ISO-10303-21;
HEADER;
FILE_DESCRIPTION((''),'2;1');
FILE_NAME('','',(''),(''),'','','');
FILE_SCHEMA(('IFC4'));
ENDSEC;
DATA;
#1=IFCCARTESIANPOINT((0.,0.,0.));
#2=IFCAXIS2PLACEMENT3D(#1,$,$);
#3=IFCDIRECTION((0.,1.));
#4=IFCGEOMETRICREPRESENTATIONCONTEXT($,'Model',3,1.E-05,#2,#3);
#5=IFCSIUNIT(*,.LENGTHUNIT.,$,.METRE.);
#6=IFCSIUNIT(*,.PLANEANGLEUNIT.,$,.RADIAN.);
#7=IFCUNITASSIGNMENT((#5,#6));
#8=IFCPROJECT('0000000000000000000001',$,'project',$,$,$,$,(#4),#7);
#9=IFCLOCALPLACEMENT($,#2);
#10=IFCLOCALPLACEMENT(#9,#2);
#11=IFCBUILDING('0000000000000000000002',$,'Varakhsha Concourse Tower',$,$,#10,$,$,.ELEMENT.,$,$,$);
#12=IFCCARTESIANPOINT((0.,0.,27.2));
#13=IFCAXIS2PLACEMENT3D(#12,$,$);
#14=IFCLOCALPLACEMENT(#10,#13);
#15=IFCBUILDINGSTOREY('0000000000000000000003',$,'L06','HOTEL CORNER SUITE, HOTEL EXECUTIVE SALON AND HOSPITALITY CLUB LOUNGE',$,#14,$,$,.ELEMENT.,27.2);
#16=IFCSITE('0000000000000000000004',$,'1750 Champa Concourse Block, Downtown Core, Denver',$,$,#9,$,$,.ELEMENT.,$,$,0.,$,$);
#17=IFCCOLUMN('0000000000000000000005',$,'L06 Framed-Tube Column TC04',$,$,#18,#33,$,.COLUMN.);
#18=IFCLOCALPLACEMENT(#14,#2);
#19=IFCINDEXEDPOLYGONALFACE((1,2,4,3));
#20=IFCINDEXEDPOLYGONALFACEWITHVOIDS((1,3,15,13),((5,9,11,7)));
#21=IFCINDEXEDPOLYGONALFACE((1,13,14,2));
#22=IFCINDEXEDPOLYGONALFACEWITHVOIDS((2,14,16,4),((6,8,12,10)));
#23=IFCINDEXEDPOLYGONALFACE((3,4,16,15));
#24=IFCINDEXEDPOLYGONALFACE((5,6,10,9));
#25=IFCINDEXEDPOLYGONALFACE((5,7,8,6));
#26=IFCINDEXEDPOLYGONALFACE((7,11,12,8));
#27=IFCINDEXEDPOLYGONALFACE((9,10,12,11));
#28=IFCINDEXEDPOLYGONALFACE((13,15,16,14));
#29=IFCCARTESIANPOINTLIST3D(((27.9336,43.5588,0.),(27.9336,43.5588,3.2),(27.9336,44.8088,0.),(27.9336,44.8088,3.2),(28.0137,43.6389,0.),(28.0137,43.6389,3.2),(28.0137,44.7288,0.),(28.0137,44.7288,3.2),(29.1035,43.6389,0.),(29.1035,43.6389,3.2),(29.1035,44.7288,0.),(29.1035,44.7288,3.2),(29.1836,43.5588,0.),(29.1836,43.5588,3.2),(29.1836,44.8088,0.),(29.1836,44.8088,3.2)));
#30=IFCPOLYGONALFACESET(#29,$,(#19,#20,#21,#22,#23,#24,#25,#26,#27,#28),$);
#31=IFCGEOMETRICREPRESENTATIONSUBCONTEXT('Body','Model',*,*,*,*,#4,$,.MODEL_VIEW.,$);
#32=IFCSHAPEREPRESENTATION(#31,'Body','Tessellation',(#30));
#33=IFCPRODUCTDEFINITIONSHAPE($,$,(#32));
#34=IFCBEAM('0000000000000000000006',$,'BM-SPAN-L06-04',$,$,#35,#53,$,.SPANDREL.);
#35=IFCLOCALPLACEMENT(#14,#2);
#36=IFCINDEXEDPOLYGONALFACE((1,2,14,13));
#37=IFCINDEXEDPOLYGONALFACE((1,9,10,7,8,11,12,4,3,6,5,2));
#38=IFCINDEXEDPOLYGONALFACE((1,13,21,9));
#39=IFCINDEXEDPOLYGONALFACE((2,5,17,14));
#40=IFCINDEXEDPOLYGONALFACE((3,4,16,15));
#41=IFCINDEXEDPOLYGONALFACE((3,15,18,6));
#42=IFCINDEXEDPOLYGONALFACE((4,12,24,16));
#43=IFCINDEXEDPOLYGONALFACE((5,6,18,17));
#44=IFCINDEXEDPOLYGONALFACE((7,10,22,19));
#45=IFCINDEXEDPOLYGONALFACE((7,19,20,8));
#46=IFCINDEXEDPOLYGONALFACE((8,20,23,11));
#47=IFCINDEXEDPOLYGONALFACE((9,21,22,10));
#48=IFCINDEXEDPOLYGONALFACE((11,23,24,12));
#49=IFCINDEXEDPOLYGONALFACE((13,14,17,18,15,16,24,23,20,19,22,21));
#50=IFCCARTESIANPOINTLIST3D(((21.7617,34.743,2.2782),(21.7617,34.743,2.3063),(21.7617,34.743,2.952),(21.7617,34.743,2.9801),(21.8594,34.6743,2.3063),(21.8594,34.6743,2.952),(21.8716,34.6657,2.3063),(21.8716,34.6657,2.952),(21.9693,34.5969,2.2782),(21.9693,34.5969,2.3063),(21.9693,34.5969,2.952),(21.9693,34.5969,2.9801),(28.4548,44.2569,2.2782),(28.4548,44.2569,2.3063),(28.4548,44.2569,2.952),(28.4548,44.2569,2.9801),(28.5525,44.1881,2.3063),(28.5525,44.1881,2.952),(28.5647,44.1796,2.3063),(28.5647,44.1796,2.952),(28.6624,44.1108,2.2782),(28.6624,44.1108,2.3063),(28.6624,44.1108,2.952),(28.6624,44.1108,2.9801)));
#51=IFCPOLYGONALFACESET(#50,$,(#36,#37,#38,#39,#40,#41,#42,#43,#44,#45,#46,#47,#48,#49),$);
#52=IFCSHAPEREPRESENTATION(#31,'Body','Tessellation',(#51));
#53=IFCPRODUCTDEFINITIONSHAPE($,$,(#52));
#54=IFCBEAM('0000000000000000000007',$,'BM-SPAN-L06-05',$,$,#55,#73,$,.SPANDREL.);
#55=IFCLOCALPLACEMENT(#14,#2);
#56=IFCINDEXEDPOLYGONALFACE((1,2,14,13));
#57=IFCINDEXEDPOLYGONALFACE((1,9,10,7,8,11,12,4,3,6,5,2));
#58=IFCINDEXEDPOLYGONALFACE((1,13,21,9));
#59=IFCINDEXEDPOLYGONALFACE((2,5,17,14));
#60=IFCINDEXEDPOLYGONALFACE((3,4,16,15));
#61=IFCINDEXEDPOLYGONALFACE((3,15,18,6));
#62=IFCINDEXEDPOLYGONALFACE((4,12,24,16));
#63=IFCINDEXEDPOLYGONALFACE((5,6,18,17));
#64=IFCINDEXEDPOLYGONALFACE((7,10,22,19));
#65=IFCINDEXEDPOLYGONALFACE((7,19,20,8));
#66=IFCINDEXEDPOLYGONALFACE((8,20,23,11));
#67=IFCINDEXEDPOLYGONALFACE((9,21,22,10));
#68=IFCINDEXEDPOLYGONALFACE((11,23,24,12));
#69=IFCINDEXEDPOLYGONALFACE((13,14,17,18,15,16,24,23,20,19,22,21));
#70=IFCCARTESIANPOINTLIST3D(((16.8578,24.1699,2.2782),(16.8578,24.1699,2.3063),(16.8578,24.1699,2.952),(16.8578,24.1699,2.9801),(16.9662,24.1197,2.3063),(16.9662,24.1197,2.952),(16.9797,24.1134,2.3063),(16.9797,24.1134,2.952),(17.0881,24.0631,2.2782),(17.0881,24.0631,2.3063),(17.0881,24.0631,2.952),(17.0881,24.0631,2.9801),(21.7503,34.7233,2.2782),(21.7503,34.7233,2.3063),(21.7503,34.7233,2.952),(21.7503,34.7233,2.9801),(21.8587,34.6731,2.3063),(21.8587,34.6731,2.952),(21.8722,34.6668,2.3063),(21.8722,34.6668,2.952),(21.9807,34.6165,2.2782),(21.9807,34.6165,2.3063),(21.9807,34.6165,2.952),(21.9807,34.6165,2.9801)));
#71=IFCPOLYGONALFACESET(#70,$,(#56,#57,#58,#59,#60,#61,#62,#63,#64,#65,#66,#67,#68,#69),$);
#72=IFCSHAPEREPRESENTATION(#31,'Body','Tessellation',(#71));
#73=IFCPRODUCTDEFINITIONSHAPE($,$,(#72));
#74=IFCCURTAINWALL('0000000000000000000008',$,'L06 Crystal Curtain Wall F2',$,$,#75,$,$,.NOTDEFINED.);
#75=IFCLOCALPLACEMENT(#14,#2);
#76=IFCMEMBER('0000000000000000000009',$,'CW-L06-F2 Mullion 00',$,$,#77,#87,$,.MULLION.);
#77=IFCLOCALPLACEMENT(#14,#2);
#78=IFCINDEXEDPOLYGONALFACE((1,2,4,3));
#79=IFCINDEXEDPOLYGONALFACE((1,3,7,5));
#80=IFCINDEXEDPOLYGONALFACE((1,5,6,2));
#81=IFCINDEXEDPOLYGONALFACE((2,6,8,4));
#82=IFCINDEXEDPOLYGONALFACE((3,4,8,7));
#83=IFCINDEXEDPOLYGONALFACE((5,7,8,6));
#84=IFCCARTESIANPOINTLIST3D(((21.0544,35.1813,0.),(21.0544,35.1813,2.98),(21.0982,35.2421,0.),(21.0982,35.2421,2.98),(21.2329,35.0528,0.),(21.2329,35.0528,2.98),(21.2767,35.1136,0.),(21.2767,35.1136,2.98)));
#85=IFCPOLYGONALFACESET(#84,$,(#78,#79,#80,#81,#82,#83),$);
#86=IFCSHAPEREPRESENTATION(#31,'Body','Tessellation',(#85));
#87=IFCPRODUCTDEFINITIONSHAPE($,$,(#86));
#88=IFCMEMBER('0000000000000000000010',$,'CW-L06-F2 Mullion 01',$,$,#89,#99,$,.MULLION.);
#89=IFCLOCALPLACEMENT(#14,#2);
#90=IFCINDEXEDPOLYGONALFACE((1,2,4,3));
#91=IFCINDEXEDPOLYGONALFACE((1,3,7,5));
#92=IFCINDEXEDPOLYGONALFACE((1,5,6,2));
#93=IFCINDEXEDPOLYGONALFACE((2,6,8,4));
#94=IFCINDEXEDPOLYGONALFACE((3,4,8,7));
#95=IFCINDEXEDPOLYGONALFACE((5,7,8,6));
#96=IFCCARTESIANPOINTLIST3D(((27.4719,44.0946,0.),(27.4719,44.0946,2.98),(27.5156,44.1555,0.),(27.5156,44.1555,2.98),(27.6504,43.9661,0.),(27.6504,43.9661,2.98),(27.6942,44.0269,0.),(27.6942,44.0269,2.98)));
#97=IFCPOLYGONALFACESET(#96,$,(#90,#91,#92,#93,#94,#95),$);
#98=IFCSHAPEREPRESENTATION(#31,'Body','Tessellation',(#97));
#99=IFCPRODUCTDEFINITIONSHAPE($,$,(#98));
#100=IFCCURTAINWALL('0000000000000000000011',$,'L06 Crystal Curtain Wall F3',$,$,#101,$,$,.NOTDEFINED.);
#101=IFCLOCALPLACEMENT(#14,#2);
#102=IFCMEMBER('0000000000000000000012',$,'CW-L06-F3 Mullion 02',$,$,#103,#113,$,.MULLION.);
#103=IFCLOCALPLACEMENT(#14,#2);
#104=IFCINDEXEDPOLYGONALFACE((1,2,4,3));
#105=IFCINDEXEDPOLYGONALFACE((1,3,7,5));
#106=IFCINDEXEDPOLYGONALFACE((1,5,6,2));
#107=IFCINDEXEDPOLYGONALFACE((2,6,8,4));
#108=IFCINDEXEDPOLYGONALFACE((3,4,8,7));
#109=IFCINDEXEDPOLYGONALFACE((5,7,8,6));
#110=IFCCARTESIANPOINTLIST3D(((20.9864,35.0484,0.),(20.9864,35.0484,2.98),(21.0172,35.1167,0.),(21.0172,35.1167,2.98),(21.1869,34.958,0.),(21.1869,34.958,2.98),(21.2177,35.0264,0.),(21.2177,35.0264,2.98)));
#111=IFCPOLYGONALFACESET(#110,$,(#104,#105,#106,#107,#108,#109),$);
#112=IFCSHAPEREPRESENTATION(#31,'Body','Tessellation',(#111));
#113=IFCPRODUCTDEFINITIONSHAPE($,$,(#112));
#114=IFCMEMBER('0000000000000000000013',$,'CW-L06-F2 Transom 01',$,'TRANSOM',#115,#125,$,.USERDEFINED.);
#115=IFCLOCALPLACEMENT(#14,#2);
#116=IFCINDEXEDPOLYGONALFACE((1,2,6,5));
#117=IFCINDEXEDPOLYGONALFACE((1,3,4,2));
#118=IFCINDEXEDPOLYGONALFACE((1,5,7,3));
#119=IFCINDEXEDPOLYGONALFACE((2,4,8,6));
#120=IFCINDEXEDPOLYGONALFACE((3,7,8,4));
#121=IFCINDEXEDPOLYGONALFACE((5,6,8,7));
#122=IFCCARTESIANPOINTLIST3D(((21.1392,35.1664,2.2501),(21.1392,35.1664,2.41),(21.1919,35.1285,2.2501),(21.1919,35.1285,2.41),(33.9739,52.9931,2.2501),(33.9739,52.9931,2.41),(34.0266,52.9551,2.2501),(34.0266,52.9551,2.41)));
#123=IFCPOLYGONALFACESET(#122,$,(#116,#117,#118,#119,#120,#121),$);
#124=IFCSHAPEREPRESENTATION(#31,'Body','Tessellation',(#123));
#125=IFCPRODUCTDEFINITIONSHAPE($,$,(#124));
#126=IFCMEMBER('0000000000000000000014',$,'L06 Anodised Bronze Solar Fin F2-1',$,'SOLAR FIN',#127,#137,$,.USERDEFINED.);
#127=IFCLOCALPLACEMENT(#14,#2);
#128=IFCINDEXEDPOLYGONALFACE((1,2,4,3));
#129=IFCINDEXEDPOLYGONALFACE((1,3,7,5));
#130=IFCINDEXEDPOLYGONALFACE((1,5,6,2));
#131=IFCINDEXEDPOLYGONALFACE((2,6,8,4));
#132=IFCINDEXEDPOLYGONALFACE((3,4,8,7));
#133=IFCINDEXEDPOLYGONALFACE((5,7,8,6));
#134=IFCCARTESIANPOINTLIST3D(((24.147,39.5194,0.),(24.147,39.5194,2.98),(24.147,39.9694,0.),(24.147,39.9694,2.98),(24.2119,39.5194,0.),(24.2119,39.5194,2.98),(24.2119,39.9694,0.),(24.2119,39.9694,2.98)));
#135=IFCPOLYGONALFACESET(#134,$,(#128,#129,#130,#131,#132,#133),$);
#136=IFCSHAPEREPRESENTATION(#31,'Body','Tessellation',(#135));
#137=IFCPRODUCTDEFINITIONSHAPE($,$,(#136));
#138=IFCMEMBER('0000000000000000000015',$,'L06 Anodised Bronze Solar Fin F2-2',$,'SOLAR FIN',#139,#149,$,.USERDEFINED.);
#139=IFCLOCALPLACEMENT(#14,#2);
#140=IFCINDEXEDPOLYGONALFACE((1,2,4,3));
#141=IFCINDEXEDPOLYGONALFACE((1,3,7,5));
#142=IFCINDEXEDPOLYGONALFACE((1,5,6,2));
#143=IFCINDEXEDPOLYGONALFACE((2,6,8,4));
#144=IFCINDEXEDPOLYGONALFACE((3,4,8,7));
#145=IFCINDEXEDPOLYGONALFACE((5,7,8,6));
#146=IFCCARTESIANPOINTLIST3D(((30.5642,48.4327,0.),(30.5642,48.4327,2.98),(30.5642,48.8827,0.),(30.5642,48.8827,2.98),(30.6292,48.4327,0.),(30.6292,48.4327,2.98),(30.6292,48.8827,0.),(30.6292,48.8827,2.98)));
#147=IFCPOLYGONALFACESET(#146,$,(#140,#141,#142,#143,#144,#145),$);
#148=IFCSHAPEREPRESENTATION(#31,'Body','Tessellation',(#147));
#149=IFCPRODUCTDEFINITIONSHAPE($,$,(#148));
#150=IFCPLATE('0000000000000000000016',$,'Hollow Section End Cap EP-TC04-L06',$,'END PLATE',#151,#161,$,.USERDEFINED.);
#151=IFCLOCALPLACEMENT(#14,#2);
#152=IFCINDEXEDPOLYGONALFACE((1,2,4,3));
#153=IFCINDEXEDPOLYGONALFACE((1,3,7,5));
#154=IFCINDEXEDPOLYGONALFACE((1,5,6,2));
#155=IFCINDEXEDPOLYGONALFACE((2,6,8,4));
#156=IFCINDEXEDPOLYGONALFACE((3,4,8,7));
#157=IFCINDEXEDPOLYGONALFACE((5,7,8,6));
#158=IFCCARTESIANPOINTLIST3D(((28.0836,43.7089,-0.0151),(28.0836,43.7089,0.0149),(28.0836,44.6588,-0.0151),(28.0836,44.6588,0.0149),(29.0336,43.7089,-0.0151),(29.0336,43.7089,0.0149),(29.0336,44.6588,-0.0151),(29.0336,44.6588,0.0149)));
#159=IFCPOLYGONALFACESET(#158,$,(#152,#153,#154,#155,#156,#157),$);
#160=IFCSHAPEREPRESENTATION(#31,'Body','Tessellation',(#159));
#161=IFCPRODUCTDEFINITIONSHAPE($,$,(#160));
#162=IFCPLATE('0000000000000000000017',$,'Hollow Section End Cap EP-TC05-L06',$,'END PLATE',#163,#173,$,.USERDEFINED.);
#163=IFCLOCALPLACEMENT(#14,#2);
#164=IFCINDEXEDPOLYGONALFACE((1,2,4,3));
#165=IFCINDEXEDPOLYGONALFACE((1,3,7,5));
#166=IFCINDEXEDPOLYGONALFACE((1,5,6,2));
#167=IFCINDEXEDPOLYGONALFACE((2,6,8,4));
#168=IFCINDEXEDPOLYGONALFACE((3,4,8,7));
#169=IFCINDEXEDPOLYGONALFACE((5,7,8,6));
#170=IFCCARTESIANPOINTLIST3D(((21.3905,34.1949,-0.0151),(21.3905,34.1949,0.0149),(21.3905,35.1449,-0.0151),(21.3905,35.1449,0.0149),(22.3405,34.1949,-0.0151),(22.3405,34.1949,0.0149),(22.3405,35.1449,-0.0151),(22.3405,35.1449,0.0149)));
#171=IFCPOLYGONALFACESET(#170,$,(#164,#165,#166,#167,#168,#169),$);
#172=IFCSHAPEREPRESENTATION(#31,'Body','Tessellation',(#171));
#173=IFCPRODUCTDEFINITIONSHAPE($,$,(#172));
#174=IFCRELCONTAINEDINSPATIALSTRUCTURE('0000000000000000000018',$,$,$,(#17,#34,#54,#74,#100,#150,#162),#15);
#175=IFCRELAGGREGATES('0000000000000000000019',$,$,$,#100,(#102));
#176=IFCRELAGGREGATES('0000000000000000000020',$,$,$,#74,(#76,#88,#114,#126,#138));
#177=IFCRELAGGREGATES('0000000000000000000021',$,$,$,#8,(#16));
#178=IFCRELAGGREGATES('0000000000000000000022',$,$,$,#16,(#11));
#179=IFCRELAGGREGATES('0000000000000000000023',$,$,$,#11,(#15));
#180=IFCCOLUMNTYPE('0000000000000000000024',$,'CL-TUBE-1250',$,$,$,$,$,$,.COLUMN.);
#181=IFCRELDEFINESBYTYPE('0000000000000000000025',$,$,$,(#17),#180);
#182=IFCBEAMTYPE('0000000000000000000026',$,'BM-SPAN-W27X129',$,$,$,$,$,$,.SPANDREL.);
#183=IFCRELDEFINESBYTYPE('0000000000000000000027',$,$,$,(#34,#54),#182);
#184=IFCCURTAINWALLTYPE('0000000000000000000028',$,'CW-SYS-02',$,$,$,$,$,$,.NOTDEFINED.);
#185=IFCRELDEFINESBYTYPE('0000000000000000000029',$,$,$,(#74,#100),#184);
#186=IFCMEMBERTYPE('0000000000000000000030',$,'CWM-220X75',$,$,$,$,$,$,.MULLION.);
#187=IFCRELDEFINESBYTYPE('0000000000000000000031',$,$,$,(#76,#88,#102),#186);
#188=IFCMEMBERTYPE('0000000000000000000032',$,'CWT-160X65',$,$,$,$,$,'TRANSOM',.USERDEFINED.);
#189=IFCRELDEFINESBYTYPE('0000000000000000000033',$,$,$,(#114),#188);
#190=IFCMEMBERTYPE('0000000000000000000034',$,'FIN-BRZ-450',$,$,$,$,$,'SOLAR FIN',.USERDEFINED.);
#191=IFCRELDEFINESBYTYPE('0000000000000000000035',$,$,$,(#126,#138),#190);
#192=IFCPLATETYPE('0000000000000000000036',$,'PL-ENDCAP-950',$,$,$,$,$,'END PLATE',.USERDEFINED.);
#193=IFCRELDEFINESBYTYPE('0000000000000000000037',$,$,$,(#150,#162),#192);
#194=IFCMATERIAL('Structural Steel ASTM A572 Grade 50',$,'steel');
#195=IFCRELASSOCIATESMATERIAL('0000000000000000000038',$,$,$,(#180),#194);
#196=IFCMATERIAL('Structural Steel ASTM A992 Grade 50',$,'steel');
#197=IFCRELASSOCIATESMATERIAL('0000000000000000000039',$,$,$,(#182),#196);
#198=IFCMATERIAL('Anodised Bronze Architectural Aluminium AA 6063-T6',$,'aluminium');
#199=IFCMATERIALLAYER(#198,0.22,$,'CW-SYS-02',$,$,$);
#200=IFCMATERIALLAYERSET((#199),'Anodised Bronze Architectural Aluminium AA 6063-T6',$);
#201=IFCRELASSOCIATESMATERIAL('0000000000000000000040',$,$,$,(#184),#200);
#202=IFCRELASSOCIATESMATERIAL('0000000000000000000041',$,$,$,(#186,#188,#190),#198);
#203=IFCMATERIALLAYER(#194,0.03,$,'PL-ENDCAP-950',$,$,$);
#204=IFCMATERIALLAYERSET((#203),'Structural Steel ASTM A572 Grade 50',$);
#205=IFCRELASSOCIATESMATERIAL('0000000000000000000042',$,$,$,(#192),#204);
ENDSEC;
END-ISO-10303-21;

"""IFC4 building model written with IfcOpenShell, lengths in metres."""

from ifc_helpers import new_model, si_unit, direction, frame, origin, origin_2d, place, context, subcontext, project, spatial, rectangle, hollow_rectangle, i_section, extrude, source, transform, mapped, material, layer, layer_set, material_profile, profile_set, type_object, type_shapes, element, aggregate, save


model = new_model("IFC4")

# Units and contexts
model_context = context("Model", 3, precision=1e-05, world=origin(), true_north=direction((0.0, 1.0)))
body_context = subcontext(model_context, "Body", "Model", "MODEL_VIEW")
ifc_project = project(units=[si_unit("LENGTHUNIT", "METRE"), si_unit("PLANEANGLEUNIT", "RADIAN")], contexts=[model_context])

# Site, building, storey
site_placement = place(None, origin())
site = spatial("IfcSite", under=ifc_project, at=site_placement, Name="1750 Champa Concourse Block, Downtown Core, Denver", CompositionType="ELEMENT", RefElevation=0.0)
building_placement = place(site_placement, origin())
building = spatial("IfcBuilding", under=site, at=building_placement, Name="Varakhsha Concourse Tower", CompositionType="ELEMENT")
storey_placement = place(building_placement, frame((0.0, 0.0, 27.2)))
storey = spatial("IfcBuildingStorey", under=building, at=storey_placement, Name="L06", Description="HOTEL CORNER SUITE, HOTEL EXECUTIVE SALON AND HOSPITALITY CLUB LOUNGE", CompositionType="ELEMENT", Elevation=27.2)

# Column
ifc_material_1 = material(Name="Structural Steel ASTM A572 Grade 50", Category="steel")
ifc_material_profile_1 = material_profile(ifc_material_1, hollow_rectangle(XDim=1.25, YDim=1.25, WallThickness=0.0801, at=origin_2d()), Name="BOX 1250x1250x80")
ifc_profile_set_1 = profile_set([ifc_material_profile_1], Name="Structural Steel ASTM A572 Grade 50")
column_type = type_object("IfcColumnType", Name="CL-TUBE-1250", PredefinedType="COLUMN", material=ifc_profile_set_1)
column_placement = place(storey_placement, frame((28.5586, 44.1838, 0.0), z_axis=(0.0, 0.0, 1.0), x_axis=(1.0, 0.0, 0.0)))
element("IfcColumn", 1, at=column_placement, inside=storey, type_object=column_type, Name="L06 Framed-Tube Column TC04", PredefinedType="COLUMN", context=body_context, shape_type="SweptSolid", body=[
    extrude(hollow_rectangle(XDim=1.25, YDim=1.25, WallThickness=0.0801, at=origin_2d()), origin(), (0.0, 0.0, 1.0), 3.2),
])

# Beams
ifc_material_2 = material(Name="Structural Steel ASTM A992 Grade 50", Category="steel")
ifc_material_profile_2 = material_profile(ifc_material_2, i_section(OverallWidth=0.2539, OverallDepth=0.7019, WebThickness=0.0149, FlangeThickness=0.0281, at=origin_2d()), Name="W27X129")
ifc_profile_set_2 = profile_set([ifc_material_profile_2], Name="Structural Steel ASTM A992 Grade 50")
beam_type = type_object("IfcBeamType", Name="BM-SPAN-W27X129", PredefinedType="SPANDREL", material=ifc_profile_set_2)
for number, where, z_axis, x_axis, name in (
    (2, (28.5586, 44.1838, 2.6292), (-0.575386, -0.817882, 0.0), (0.817882, -0.575386, 0.0), "BM-SPAN-L06-04"),
    (3, (21.8655, 34.6699, 2.6292), (-0.420599, -0.907247, 0.0), (0.907247, -0.420599, 0.0), "BM-SPAN-L06-05"),
):
    element("IfcBeam", number, at=place(storey_placement, frame(where, z_axis=z_axis, x_axis=x_axis)), inside=storey, type_object=beam_type, Name=name, PredefinedType="SPANDREL", context=body_context, shape_type="SweptSolid", body=[
        extrude(i_section(OverallWidth=0.2539, OverallDepth=0.7019, WebThickness=0.0149, FlangeThickness=0.0281, at=origin_2d()), origin(), (0.0, 0.0, 1.0), 11.6323),
    ])

# Curtain wall, members
ifc_material_3 = material(Name="Anodised Bronze Architectural Aluminium AA 6063-T6", Category="aluminium")
ifc_layer_1 = layer(ifc_material_3, 0.22, Name="CW-SYS-02")
ifc_layer_set_1 = layer_set([ifc_layer_1], Name="Anodised Bronze Architectural Aluminium AA 6063-T6")
curtain_wall_type = type_object("IfcCurtainWallType", Name="CW-SYS-02", PredefinedType="NOTDEFINED", material=ifc_layer_set_1)
curtain_wall_1_placement = place(storey_placement, origin())
curtain_wall_1 = element("IfcCurtainWall", 4, at=curtain_wall_1_placement, inside=storey, type_object=curtain_wall_type, Name="L06 Crystal Curtain Wall F2", PredefinedType="NOTDEFINED")
ifc_material_profile_3 = material_profile(ifc_material_3, rectangle(XDim=0.075, YDim=0.22, at=origin_2d()), Name="CWM-220X75")
ifc_profile_set_3 = profile_set([ifc_material_profile_3], Name="Anodised Bronze Architectural Aluminium AA 6063-T6")
member_type_1 = type_object("IfcMemberType", Name="CWM-220X75", PredefinedType="MULLION", material=ifc_profile_set_3)
shared_shape_1 = source(origin(), body_context, "Body", "SweptSolid", [
    extrude(rectangle(XDim=0.075, YDim=0.22, at=origin_2d()), origin(), (0.0, 0.0, 1.0), 2.98),
])
type_shapes(member_type_1, [shared_shape_1])
member_1_placement = place(storey_placement, frame((21.1655, 35.1475, 0.0), z_axis=(0.0, 0.0, 1.0), x_axis=(0.584284, 0.81155, 0.0)))
member_1 = element("IfcMember", 5, at=member_1_placement, type_object=member_type_1, Name="CW-L06-F2 Mullion 00", PredefinedType="MULLION", context=body_context, shape_type="MappedRepresentation", body=[
    mapped(shared_shape_1, transform((0.0, 0.0, 0.0), scale=1.0)),
])
member_2_placement = place(storey_placement, frame((27.583, 44.0608, 0.0), z_axis=(0.0, 0.0, 1.0), x_axis=(0.584284, 0.81155, 0.0)))
member_2 = element("IfcMember", 6, at=member_2_placement, type_object=member_type_1, Name="CW-L06-F2 Mullion 01", PredefinedType="MULLION", context=body_context, shape_type="MappedRepresentation", body=[
    mapped(shared_shape_1, transform((0.0, 0.0, 0.0), scale=1.0)),
])

# Curtain wall, member
curtain_wall_2_placement = place(storey_placement, origin())
curtain_wall_2 = element("IfcCurtainWall", 7, at=curtain_wall_2_placement, inside=storey, type_object=curtain_wall_type, Name="L06 Crystal Curtain Wall F3", PredefinedType="NOTDEFINED")
member_3_placement = place(storey_placement, frame((21.1021, 35.0374, 0.0), z_axis=(0.0, 0.0, 1.0), x_axis=(0.410684, 0.911778, 0.0)))
member_3 = element("IfcMember", 8, at=member_3_placement, type_object=member_type_1, Name="CW-L06-F3 Mullion 02", PredefinedType="MULLION", context=body_context, shape_type="MappedRepresentation", body=[
    mapped(shared_shape_1, transform((0.0, 0.0, 0.0), scale=1.0)),
])
aggregate(curtain_wall_2, [member_3])

# Members
ifc_material_profile_4 = material_profile(ifc_material_3, rectangle(XDim=0.0649, YDim=0.1599, at=origin_2d()), Name="CWT-160X65")
ifc_profile_set_4 = profile_set([ifc_material_profile_4], Name="Anodised Bronze Architectural Aluminium AA 6063-T6")
member_type_2 = type_object("IfcMemberType", Name="CWT-160X65", ElementType="TRANSOM", PredefinedType="USERDEFINED", material=ifc_profile_set_4)
shared_shape_2 = source(origin(), body_context, "Body", "SweptSolid", [
    extrude(rectangle(XDim=0.0649, YDim=0.1599, at=origin_2d()), origin(), (0.0, 0.0, 1.0), 21.9663),
])
type_shapes(member_type_2, [shared_shape_2])
member_4_placement = place(storey_placement, frame((21.1655, 35.1475, 2.3301), z_axis=(0.58429, 0.811545, 0.0), x_axis=(-0.811545, 0.58429, 0.0)))
member_4 = element("IfcMember", 9, at=member_4_placement, type_object=member_type_2, Name="CW-L06-F2 Transom 01", ObjectType="TRANSOM", PredefinedType="USERDEFINED", context=body_context, shape_type="MappedRepresentation", body=[
    mapped(shared_shape_2, transform((0.0, 0.0, 0.0), scale=1.0)),
])
ifc_material_profile_5 = material_profile(ifc_material_3, rectangle(XDim=0.0649, YDim=0.45, at=origin_2d()), Name="FIN-BRZ-450")
ifc_profile_set_5 = profile_set([ifc_material_profile_5], Name="Anodised Bronze Architectural Aluminium AA 6063-T6")
member_type_3 = type_object("IfcMemberType", Name="FIN-BRZ-450", ElementType="SOLAR FIN", PredefinedType="USERDEFINED", material=ifc_profile_set_5)
shared_shape_3 = source(origin(), body_context, "Body", "SweptSolid", [
    extrude(rectangle(XDim=0.0649, YDim=0.45, at=origin_2d()), origin(), (0.0, 0.0, 1.0), 2.98),
])
type_shapes(member_type_3, [shared_shape_3])
member_5_placement = place(storey_placement, frame((24.1794, 39.7444, 0.0), z_axis=(0.0, 0.0, 1.0), x_axis=(1.0, 0.0, 0.0)))
member_5 = element("IfcMember", 10, at=member_5_placement, type_object=member_type_3, Name="L06 Anodised Bronze Solar Fin F2-1", ObjectType="SOLAR FIN", PredefinedType="USERDEFINED", context=body_context, shape_type="MappedRepresentation", body=[
    mapped(shared_shape_3, transform((0.0, 0.0, 0.0), scale=1.0)),
])
member_6_placement = place(storey_placement, frame((30.5967, 48.6577, 0.0), z_axis=(0.0, 0.0, 1.0), x_axis=(1.0, 0.0, 0.0)))
member_6 = element("IfcMember", 11, at=member_6_placement, type_object=member_type_3, Name="L06 Anodised Bronze Solar Fin F2-2", ObjectType="SOLAR FIN", PredefinedType="USERDEFINED", context=body_context, shape_type="MappedRepresentation", body=[
    mapped(shared_shape_3, transform((0.0, 0.0, 0.0), scale=1.0)),
])

# Plates
ifc_layer_2 = layer(ifc_material_1, 0.03, Name="PL-ENDCAP-950")
ifc_layer_set_2 = layer_set([ifc_layer_2], Name="Structural Steel ASTM A572 Grade 50")
plate_type_1 = type_object("IfcPlateType", Name="PL-ENDCAP-950", ElementType="END PLATE", PredefinedType="USERDEFINED", material=ifc_layer_set_2)
shared_shape_4 = source(origin(), body_context, "Body", "SweptSolid", [
    extrude(rectangle(XDim=0.95, YDim=0.95, at=origin_2d()), origin(), (0.0, 0.0, 1.0), 0.03),
])
type_shapes(plate_type_1, [shared_shape_4])
for number, where, z_axis, x_axis, name in (
    (12, (28.5586, 44.1838, -0.0151), (0.0, 0.0, 1.0), (1.0, 0.0, 0.0), "Hollow Section End Cap EP-TC04-L06"),
    (13, (21.8655, 34.6699, -0.0151), (0.0, 0.0, 1.0), (1.0, 0.0, 0.0), "Hollow Section End Cap EP-TC05-L06"),
):
    element("IfcPlate", number, at=place(storey_placement, frame(where, z_axis=z_axis, x_axis=x_axis)), inside=storey, type_object=plate_type_1, Name=name, ObjectType="END PLATE", PredefinedType="USERDEFINED", context=body_context, shape_type="MappedRepresentation", body=[
        mapped(shared_shape_4, transform((0.0, 0.0, 0.0), scale=1.0)),
    ])

aggregate(curtain_wall_1, [member_1, member_2, member_4, member_5, member_6])

save(model, "model.ifc")
